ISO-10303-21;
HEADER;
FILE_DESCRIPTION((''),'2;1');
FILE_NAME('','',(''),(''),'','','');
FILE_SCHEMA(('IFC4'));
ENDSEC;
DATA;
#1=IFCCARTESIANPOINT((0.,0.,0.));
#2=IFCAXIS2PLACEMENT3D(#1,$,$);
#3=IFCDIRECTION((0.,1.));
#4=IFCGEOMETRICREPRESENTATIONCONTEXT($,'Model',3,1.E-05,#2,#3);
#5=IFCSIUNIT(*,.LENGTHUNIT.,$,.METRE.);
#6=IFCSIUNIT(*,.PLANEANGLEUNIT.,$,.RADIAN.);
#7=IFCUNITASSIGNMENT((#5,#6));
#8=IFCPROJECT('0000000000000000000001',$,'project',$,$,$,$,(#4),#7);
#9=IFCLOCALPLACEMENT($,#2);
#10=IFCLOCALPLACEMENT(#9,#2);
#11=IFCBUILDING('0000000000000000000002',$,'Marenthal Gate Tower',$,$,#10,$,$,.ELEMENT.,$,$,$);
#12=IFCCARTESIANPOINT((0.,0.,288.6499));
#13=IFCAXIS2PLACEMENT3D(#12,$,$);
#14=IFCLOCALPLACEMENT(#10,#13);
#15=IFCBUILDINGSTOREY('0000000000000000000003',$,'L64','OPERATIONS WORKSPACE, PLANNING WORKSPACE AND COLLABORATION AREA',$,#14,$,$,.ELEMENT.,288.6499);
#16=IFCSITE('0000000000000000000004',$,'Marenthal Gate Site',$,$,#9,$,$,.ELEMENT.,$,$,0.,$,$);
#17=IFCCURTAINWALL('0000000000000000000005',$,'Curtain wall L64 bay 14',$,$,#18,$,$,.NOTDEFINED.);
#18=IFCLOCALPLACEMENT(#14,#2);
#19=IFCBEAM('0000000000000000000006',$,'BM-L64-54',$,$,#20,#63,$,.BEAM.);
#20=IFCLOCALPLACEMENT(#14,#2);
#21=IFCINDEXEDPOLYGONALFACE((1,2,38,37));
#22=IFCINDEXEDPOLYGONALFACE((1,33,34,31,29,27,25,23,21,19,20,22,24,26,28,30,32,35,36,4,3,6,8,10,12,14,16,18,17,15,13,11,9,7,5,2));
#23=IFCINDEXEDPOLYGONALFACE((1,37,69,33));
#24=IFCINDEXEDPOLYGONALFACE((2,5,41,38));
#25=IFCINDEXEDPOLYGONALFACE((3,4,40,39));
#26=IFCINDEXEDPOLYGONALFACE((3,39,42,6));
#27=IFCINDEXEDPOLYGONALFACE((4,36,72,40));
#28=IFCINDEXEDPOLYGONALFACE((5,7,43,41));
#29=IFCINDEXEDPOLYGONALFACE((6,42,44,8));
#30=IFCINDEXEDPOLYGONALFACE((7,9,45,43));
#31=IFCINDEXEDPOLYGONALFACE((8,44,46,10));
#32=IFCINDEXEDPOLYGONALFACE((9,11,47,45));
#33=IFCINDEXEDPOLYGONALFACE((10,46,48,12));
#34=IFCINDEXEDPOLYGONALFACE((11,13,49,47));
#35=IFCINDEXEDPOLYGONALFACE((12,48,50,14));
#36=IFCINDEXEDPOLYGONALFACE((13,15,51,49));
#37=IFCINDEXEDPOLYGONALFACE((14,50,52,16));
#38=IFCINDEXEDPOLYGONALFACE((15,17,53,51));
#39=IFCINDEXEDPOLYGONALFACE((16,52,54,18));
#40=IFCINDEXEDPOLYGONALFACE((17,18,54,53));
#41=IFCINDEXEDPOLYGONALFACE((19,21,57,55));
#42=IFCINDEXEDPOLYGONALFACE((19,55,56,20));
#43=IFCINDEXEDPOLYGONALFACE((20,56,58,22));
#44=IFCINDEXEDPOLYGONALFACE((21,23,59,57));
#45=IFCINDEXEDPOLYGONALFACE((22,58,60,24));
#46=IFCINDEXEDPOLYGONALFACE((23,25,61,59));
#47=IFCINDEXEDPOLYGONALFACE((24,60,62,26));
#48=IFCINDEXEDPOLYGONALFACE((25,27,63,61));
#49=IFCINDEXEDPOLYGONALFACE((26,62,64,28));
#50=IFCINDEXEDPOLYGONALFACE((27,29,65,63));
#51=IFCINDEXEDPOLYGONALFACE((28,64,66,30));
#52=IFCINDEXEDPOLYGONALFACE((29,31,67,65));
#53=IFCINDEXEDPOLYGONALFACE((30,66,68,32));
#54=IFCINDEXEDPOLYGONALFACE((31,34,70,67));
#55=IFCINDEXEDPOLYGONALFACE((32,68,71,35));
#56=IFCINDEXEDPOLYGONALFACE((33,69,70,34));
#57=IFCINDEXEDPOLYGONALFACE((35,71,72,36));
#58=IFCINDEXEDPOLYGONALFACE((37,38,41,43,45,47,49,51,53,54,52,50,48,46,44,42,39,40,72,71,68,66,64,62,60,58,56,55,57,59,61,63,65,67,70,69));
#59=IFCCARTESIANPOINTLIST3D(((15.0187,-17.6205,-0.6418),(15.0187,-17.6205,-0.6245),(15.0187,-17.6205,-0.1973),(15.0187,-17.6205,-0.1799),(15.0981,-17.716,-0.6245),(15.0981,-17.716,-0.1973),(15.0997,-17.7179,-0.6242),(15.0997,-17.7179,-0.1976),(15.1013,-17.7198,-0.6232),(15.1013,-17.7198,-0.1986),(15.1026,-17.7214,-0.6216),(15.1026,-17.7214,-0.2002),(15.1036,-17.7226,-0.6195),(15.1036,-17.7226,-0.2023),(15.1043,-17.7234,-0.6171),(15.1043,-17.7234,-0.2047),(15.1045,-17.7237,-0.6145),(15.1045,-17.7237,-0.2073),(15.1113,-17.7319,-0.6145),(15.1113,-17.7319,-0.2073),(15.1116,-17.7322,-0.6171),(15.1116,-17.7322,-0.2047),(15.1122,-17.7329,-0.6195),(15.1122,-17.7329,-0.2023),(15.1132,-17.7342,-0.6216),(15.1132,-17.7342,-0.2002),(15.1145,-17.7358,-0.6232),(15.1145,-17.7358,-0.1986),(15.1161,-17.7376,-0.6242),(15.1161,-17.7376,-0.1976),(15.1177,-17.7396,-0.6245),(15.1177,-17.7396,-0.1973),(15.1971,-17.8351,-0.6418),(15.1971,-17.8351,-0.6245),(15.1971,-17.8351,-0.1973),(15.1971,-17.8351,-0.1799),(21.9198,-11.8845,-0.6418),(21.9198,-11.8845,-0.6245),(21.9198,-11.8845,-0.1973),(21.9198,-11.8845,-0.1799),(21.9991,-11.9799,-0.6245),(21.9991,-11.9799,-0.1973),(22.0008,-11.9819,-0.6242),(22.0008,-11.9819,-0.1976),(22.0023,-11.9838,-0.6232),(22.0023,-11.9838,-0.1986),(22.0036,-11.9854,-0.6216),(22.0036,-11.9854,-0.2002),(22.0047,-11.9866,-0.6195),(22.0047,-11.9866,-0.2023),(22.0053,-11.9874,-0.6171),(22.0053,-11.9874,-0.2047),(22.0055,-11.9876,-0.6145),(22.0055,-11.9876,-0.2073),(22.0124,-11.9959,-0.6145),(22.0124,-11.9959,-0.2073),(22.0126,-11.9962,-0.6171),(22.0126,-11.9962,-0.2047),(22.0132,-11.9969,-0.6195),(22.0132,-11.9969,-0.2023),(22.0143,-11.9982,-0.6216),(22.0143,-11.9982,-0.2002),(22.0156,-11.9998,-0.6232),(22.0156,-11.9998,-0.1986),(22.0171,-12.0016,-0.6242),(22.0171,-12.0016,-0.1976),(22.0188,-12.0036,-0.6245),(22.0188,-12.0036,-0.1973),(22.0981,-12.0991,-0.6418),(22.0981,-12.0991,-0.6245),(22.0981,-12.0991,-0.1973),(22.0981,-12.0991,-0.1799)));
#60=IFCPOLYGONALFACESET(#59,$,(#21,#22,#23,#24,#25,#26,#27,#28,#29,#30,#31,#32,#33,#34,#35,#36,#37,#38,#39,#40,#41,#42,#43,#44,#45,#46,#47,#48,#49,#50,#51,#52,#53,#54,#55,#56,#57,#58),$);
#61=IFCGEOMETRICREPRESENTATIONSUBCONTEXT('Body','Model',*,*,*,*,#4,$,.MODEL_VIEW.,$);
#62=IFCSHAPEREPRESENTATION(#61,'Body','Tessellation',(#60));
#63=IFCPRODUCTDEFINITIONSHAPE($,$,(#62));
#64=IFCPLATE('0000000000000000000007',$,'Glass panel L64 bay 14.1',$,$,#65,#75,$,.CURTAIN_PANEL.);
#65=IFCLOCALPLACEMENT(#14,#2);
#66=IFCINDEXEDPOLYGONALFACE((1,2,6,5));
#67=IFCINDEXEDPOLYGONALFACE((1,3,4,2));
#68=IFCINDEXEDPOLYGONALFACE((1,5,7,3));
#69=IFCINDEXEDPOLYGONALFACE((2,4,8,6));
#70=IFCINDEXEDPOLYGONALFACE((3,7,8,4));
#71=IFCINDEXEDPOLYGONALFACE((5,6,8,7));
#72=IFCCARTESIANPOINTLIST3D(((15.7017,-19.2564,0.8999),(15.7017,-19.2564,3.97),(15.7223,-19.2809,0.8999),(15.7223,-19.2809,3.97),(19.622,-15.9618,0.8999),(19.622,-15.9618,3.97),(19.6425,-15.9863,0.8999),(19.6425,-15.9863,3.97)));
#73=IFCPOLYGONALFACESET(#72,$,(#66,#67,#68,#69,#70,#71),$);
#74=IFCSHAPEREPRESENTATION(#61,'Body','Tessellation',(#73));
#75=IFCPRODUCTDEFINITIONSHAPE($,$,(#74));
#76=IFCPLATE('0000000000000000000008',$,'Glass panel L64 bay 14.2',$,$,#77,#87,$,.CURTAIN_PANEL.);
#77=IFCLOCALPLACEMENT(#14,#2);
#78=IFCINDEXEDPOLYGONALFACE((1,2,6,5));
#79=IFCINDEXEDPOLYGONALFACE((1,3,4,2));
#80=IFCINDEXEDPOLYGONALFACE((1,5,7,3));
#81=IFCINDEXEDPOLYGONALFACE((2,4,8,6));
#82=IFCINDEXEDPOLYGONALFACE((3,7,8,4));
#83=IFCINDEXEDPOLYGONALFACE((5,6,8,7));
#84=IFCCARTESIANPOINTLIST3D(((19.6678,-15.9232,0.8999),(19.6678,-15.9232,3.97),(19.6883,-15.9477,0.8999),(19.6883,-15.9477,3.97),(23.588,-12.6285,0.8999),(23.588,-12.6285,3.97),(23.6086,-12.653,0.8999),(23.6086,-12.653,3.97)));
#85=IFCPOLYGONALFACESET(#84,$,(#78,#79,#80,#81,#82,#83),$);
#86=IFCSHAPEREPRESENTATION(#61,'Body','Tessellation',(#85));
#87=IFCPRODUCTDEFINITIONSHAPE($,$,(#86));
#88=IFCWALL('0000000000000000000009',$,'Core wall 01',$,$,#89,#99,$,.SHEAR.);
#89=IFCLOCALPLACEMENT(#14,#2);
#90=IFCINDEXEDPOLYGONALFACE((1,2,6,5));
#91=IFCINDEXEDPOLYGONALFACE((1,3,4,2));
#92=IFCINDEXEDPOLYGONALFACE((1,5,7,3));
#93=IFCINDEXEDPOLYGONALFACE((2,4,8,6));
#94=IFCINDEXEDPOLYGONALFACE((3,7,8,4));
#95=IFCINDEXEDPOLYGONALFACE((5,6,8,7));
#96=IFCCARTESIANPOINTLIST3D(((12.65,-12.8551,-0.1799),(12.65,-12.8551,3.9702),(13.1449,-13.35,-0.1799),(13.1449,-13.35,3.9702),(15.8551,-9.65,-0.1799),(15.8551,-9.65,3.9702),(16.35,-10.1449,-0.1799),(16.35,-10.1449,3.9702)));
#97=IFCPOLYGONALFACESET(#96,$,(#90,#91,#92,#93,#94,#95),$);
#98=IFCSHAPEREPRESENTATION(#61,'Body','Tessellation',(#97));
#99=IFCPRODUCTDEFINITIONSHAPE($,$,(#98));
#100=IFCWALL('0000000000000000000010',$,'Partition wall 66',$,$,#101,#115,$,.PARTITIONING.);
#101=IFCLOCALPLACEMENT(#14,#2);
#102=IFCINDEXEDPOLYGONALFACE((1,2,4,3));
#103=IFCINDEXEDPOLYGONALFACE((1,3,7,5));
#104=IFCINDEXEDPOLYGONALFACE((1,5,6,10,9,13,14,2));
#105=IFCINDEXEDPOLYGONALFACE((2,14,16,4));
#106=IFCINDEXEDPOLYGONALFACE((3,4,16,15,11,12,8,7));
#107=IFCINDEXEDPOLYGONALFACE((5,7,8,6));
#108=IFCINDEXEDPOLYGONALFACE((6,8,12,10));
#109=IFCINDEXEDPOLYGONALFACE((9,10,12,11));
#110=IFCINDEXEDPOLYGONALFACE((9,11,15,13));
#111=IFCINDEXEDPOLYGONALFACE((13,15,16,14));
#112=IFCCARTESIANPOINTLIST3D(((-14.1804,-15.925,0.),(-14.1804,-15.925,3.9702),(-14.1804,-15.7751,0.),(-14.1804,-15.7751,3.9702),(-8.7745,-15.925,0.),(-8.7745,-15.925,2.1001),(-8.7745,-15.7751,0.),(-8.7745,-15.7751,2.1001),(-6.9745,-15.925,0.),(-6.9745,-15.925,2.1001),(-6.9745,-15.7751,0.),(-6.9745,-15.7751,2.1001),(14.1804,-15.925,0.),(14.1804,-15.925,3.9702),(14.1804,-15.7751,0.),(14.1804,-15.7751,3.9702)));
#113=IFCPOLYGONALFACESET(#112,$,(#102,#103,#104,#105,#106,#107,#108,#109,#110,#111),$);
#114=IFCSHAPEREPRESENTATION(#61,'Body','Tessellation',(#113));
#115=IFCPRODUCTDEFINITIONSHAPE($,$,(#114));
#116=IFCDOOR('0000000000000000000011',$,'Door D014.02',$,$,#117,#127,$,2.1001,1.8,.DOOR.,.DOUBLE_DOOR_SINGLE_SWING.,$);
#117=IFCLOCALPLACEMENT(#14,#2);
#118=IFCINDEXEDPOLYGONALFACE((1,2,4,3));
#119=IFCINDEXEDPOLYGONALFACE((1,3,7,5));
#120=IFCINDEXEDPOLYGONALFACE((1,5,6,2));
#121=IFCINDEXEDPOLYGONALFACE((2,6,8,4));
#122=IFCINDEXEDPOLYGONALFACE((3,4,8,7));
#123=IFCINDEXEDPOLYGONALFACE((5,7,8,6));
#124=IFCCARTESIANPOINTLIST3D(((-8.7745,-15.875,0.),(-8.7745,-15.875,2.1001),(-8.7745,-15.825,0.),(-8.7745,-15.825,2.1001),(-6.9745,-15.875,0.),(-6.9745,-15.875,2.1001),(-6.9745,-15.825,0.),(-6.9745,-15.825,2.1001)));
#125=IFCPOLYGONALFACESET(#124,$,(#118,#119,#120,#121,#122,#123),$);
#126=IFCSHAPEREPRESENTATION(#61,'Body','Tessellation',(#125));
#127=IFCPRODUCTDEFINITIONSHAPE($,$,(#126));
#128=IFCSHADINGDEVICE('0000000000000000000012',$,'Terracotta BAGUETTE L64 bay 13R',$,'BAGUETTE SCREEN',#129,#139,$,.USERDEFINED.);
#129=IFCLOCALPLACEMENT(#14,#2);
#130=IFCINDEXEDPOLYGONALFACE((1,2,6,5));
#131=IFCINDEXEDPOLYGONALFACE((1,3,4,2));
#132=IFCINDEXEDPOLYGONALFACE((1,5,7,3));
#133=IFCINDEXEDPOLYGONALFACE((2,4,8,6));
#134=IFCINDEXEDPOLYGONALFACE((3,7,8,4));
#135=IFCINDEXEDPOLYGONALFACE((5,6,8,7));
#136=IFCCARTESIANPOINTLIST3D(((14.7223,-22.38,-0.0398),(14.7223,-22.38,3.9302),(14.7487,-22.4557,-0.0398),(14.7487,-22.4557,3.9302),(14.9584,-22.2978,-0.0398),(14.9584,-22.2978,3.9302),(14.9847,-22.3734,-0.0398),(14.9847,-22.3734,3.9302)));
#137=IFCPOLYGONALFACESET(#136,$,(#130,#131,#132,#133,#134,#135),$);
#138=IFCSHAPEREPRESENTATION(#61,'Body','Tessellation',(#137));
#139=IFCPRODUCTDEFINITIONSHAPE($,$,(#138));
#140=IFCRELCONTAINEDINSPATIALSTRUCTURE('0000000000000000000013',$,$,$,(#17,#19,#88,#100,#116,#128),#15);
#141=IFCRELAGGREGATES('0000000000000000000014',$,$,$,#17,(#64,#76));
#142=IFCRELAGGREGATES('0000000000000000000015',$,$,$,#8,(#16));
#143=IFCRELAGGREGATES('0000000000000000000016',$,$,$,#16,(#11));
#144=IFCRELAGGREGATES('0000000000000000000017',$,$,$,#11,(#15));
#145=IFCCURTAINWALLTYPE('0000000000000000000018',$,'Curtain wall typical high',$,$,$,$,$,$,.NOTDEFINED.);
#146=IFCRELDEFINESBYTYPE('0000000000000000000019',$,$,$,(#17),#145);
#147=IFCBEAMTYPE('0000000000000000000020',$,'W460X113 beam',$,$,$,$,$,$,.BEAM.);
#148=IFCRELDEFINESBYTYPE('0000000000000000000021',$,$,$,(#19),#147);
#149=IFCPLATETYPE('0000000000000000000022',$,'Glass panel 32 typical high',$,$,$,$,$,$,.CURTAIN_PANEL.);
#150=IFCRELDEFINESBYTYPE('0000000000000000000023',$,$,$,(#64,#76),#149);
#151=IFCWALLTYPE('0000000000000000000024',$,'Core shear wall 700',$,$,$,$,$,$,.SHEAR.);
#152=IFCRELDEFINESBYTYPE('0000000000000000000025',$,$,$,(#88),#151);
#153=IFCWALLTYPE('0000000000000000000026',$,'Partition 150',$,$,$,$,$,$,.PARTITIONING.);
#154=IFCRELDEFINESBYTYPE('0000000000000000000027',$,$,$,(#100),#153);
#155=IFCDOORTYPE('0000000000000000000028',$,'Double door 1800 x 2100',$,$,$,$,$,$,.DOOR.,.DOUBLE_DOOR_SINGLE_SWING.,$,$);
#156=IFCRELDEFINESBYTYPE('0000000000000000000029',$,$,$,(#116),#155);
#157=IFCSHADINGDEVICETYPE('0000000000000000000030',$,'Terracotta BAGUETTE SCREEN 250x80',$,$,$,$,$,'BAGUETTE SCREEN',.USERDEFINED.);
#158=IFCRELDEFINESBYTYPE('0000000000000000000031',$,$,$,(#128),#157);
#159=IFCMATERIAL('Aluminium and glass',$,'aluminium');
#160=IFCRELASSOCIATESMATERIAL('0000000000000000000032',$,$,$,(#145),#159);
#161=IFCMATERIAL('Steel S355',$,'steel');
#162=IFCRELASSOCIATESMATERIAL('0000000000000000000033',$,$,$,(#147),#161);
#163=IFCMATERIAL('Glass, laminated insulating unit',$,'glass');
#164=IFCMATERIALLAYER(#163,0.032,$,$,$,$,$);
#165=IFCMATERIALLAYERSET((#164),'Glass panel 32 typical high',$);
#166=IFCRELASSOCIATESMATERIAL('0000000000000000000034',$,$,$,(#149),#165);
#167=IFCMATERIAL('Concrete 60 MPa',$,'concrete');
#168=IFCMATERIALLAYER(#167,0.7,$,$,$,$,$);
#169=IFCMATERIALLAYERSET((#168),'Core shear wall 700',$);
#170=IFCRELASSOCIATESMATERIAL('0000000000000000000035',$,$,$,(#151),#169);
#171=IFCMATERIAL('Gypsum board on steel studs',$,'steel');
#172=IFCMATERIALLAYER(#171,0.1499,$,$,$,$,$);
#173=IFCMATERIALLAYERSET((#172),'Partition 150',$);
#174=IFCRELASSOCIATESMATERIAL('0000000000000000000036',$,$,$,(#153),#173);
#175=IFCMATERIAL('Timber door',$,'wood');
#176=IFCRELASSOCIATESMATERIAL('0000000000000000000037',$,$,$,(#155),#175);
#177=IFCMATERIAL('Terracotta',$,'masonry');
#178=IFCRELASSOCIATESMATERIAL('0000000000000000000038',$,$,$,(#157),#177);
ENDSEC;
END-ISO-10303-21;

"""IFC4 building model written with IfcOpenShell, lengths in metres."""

from ifc_helpers import new_model, si_unit, direction, frame, frame_2d, origin, origin_2d, place, context, subcontext, project, spatial, rectangle, i_section, extrude, material, layer, layer_set, material_profile, profile_set, type_object, element, fill, aggregate, save


model = new_model("IFC4")

# Units and contexts
model_context = context("Model", 3, precision=1e-05, world=origin(), true_north=direction((0.0, 1.0)))
body_context = subcontext(model_context, "Body", "Model", "MODEL_VIEW")
ifc_project = project(units=[si_unit("LENGTHUNIT", "METRE"), si_unit("PLANEANGLEUNIT", "RADIAN")], contexts=[model_context])

# Site, building, storey
site_placement = place(None, origin())
site = spatial("IfcSite", under=ifc_project, at=site_placement, Name="Marenthal Gate Site", CompositionType="ELEMENT", RefElevation=0.0)
building_placement = place(site_placement, origin())
building = spatial("IfcBuilding", under=site, at=building_placement, Name="Marenthal Gate Tower", CompositionType="ELEMENT")
storey_placement = place(building_placement, frame((0.0, 0.0, 288.6499)))
storey = spatial("IfcBuildingStorey", under=building, at=storey_placement, Name="L64", Description="OPERATIONS WORKSPACE, PLANNING WORKSPACE AND COLLABORATION AREA", CompositionType="ELEMENT", Elevation=288.6499)

# Curtain wall
ifc_material_1 = material(Name="Aluminium and glass", Category="aluminium")
curtain_wall_type = type_object("IfcCurtainWallType", Name="Curtain wall typical high", PredefinedType="NOTDEFINED", material=ifc_material_1)
curtain_wall_placement = place(storey_placement, origin())
curtain_wall = element("IfcCurtainWall", 1, at=curtain_wall_placement, inside=storey, type_object=curtain_wall_type, Name="Curtain wall L64 bay 14", PredefinedType="NOTDEFINED")

# Beam
ifc_material_2 = material(Name="Steel S355", Category="steel")
ifc_material_profile_1 = material_profile(ifc_material_2, i_section(OverallWidth=0.2791, OverallDepth=0.4619, WebThickness=0.0107, FlangeThickness=0.0173, FilletRadius=0.01, at=origin_2d()), Name="W460X113")
ifc_profile_set_1 = profile_set([ifc_material_profile_1], Name="Steel S355")
beam_type_1 = type_object("IfcBeamType", Name="W460X113 beam", PredefinedType="BEAM", material=ifc_profile_set_1)
beam_1_placement = place(storey_placement, frame((15.1079, -17.7278, -0.4109), z_axis=(0.769035, 0.639207, 0.0), x_axis=(-0.639207, 0.769035, 0.0)))
element("IfcBeam", 2, at=beam_1_placement, inside=storey, type_object=beam_type_1, Name="BM-L64-54", PredefinedType="BEAM", context=body_context, shape_type="SweptSolid", body=[
    extrude(i_section(OverallWidth=0.2791, OverallDepth=0.4619, WebThickness=0.0107, FlangeThickness=0.0173, FilletRadius=0.01, at=origin_2d()), origin(), (0.0, 0.0, 1.0), 8.9736),
])

# Plates
ifc_material_3 = material(Name="Glass, laminated insulating unit", Category="glass")
ifc_layer_1 = layer(ifc_material_3, 0.032)
ifc_layer_set_1 = layer_set([ifc_layer_1], Name="Glass panel 32 typical high")
plate_type = type_object("IfcPlateType", Name="Glass panel 32 typical high", PredefinedType="CURTAIN_PANEL", material=ifc_layer_set_1)
plate_1_placement = place(storey_placement, frame((17.6721, -17.6213, 0.8999), z_axis=(0.0, 0.0, 1.0), x_axis=(0.765547, 0.64338, 0.0)))
plate_1 = element("IfcPlate", 3, at=plate_1_placement, type_object=plate_type, Name="Glass panel L64 bay 14.1", PredefinedType="CURTAIN_PANEL", context=body_context, shape_type="SweptSolid", body=[
    extrude(rectangle(XDim=5.1208, YDim=0.032, at=origin_2d()), origin(), (0.0, 0.0, 1.0), 3.0701),
])
plate_2_placement = place(storey_placement, frame((21.6382, -14.2881, 0.8999), z_axis=(0.0, 0.0, 1.0), x_axis=(0.765547, 0.64338, 0.0)))
plate_2 = element("IfcPlate", 4, at=plate_2_placement, type_object=plate_type, Name="Glass panel L64 bay 14.2", PredefinedType="CURTAIN_PANEL", context=body_context, shape_type="SweptSolid", body=[
    extrude(rectangle(XDim=5.1208, YDim=0.032, at=origin_2d()), origin(), (0.0, 0.0, 1.0), 3.0701),
])
aggregate(curtain_wall, [plate_1, plate_2])

# Wall
ifc_material_4 = material(Name="Concrete 60 MPa", Category="concrete")
ifc_layer_2 = layer(ifc_material_4, 0.7)
ifc_layer_set_2 = layer_set([ifc_layer_2], Name="Core shear wall 700")
wall_type_1 = type_object("IfcWallType", Name="Core shear wall 700", PredefinedType="SHEAR", material=ifc_layer_set_2)
wall_1_placement = place(storey_placement, frame((12.8975, -13.1025, -0.1799), z_axis=(0.0, 0.0, 1.0), x_axis=(0.707107, 0.707107, 0.0)))
element("IfcWall", 5, at=wall_1_placement, inside=storey, type_object=wall_type_1, Name="Core wall 01", PredefinedType="SHEAR", context=body_context, shape_type="SweptSolid", body=[
    extrude(rectangle(XDim=4.5327, YDim=0.7, at=frame_2d((2.2664, 0.0))), origin(), (0.0, 0.0, 1.0), 4.1501),
])

# Wall, opening, door
ifc_material_5 = material(Name="Gypsum board on steel studs", Category="steel")
ifc_layer_3 = layer(ifc_material_5, 0.1499)
ifc_layer_set_3 = layer_set([ifc_layer_3], Name="Partition 150")
wall_type_2 = type_object("IfcWallType", Name="Partition 150", PredefinedType="PARTITIONING", material=ifc_layer_set_3)
wall_2_placement = place(storey_placement, frame((14.1804, -15.8501, 0.0), z_axis=(0.0, 0.0, 1.0), x_axis=(-1.0, 0.0, 0.0)))
wall_2 = element("IfcWall", 6, at=wall_2_placement, inside=storey, type_object=wall_type_2, Name="Partition wall 66", PredefinedType="PARTITIONING", context=body_context, shape_type="SweptSolid", body=[
    extrude(rectangle(XDim=28.3608, YDim=0.1499, at=frame_2d((14.1804, 0.0))), origin(), (0.0, 0.0, 1.0), 3.9702),
])
opening_1_placement = place(wall_2_placement, frame((21.155, 0.0, 0.0)))
opening_1 = element("IfcOpeningElement", 7, at=opening_1_placement, cuts=wall_2, PredefinedType="OPENING", context=body_context, shape_type="SweptSolid", body=[
    extrude(rectangle(XDim=1.8, YDim=2.1001, at=frame_2d((0.8999, 1.05))), frame((0.0, 0.085, 0.0), z_axis=(0.0, -1.0, 0.0), x_axis=(1.0, 0.0, 0.0)), (0.0, 0.0, 1.0), 0.1699),
])
ifc_material_6 = material(Name="Timber door", Category="wood")
door_type_1 = type_object("IfcDoorType", Name="Double door 1800 x 2100", OperationType="DOUBLE_DOOR_SINGLE_SWING", PredefinedType="DOOR", material=ifc_material_6)
door_1_placement = place(opening_1_placement, origin())
door_1 = element("IfcDoor", 8, at=door_1_placement, inside=storey, type_object=door_type_1, Name="Door D014.02", OperationType="DOUBLE_DOOR_SINGLE_SWING", OverallHeight=2.1001, OverallWidth=1.8, PredefinedType="DOOR", context=body_context, shape_type="SweptSolid", body=[
    extrude(rectangle(XDim=1.8, YDim=2.1001, at=frame_2d((0.8999, 1.05))), frame((0.0, 0.0249, 0.0), z_axis=(0.0, -1.0, 0.0), x_axis=(1.0, 0.0, 0.0)), (0.0, 0.0, 1.0), 0.05),
])
fill(opening_1, door_1)

# Shading device
ifc_material_7 = material(Name="Terracotta", Category="masonry")
ifc_material_profile_2 = material_profile(ifc_material_7, rectangle(XDim=0.25, YDim=0.0801, at=origin_2d()), Name="Terracotta baguette 250x80")
ifc_profile_set_2 = profile_set([ifc_material_profile_2], Name="Terracotta")
shading_device_type = type_object("IfcShadingDeviceType", Name="Terracotta BAGUETTE SCREEN 250x80", ElementType="BAGUETTE SCREEN", PredefinedType="USERDEFINED", material=ifc_profile_set_2)
shading_device_placement = place(storey_placement, frame((14.8535, -22.3767, -0.0398), z_axis=(0.0, 0.0, 1.0), x_axis=(0.944305, 0.329072, 0.0)))
element("IfcShadingDevice", 9, at=shading_device_placement, inside=storey, type_object=shading_device_type, Name="Terracotta BAGUETTE L64 bay 13R", ObjectType="BAGUETTE SCREEN", PredefinedType="USERDEFINED", context=body_context, shape_type="SweptSolid", body=[
    extrude(rectangle(XDim=0.25, YDim=0.0801, at=origin_2d()), origin(), (0.0, 0.0, 1.0), 3.97),
])

save(model, "model.ifc")
